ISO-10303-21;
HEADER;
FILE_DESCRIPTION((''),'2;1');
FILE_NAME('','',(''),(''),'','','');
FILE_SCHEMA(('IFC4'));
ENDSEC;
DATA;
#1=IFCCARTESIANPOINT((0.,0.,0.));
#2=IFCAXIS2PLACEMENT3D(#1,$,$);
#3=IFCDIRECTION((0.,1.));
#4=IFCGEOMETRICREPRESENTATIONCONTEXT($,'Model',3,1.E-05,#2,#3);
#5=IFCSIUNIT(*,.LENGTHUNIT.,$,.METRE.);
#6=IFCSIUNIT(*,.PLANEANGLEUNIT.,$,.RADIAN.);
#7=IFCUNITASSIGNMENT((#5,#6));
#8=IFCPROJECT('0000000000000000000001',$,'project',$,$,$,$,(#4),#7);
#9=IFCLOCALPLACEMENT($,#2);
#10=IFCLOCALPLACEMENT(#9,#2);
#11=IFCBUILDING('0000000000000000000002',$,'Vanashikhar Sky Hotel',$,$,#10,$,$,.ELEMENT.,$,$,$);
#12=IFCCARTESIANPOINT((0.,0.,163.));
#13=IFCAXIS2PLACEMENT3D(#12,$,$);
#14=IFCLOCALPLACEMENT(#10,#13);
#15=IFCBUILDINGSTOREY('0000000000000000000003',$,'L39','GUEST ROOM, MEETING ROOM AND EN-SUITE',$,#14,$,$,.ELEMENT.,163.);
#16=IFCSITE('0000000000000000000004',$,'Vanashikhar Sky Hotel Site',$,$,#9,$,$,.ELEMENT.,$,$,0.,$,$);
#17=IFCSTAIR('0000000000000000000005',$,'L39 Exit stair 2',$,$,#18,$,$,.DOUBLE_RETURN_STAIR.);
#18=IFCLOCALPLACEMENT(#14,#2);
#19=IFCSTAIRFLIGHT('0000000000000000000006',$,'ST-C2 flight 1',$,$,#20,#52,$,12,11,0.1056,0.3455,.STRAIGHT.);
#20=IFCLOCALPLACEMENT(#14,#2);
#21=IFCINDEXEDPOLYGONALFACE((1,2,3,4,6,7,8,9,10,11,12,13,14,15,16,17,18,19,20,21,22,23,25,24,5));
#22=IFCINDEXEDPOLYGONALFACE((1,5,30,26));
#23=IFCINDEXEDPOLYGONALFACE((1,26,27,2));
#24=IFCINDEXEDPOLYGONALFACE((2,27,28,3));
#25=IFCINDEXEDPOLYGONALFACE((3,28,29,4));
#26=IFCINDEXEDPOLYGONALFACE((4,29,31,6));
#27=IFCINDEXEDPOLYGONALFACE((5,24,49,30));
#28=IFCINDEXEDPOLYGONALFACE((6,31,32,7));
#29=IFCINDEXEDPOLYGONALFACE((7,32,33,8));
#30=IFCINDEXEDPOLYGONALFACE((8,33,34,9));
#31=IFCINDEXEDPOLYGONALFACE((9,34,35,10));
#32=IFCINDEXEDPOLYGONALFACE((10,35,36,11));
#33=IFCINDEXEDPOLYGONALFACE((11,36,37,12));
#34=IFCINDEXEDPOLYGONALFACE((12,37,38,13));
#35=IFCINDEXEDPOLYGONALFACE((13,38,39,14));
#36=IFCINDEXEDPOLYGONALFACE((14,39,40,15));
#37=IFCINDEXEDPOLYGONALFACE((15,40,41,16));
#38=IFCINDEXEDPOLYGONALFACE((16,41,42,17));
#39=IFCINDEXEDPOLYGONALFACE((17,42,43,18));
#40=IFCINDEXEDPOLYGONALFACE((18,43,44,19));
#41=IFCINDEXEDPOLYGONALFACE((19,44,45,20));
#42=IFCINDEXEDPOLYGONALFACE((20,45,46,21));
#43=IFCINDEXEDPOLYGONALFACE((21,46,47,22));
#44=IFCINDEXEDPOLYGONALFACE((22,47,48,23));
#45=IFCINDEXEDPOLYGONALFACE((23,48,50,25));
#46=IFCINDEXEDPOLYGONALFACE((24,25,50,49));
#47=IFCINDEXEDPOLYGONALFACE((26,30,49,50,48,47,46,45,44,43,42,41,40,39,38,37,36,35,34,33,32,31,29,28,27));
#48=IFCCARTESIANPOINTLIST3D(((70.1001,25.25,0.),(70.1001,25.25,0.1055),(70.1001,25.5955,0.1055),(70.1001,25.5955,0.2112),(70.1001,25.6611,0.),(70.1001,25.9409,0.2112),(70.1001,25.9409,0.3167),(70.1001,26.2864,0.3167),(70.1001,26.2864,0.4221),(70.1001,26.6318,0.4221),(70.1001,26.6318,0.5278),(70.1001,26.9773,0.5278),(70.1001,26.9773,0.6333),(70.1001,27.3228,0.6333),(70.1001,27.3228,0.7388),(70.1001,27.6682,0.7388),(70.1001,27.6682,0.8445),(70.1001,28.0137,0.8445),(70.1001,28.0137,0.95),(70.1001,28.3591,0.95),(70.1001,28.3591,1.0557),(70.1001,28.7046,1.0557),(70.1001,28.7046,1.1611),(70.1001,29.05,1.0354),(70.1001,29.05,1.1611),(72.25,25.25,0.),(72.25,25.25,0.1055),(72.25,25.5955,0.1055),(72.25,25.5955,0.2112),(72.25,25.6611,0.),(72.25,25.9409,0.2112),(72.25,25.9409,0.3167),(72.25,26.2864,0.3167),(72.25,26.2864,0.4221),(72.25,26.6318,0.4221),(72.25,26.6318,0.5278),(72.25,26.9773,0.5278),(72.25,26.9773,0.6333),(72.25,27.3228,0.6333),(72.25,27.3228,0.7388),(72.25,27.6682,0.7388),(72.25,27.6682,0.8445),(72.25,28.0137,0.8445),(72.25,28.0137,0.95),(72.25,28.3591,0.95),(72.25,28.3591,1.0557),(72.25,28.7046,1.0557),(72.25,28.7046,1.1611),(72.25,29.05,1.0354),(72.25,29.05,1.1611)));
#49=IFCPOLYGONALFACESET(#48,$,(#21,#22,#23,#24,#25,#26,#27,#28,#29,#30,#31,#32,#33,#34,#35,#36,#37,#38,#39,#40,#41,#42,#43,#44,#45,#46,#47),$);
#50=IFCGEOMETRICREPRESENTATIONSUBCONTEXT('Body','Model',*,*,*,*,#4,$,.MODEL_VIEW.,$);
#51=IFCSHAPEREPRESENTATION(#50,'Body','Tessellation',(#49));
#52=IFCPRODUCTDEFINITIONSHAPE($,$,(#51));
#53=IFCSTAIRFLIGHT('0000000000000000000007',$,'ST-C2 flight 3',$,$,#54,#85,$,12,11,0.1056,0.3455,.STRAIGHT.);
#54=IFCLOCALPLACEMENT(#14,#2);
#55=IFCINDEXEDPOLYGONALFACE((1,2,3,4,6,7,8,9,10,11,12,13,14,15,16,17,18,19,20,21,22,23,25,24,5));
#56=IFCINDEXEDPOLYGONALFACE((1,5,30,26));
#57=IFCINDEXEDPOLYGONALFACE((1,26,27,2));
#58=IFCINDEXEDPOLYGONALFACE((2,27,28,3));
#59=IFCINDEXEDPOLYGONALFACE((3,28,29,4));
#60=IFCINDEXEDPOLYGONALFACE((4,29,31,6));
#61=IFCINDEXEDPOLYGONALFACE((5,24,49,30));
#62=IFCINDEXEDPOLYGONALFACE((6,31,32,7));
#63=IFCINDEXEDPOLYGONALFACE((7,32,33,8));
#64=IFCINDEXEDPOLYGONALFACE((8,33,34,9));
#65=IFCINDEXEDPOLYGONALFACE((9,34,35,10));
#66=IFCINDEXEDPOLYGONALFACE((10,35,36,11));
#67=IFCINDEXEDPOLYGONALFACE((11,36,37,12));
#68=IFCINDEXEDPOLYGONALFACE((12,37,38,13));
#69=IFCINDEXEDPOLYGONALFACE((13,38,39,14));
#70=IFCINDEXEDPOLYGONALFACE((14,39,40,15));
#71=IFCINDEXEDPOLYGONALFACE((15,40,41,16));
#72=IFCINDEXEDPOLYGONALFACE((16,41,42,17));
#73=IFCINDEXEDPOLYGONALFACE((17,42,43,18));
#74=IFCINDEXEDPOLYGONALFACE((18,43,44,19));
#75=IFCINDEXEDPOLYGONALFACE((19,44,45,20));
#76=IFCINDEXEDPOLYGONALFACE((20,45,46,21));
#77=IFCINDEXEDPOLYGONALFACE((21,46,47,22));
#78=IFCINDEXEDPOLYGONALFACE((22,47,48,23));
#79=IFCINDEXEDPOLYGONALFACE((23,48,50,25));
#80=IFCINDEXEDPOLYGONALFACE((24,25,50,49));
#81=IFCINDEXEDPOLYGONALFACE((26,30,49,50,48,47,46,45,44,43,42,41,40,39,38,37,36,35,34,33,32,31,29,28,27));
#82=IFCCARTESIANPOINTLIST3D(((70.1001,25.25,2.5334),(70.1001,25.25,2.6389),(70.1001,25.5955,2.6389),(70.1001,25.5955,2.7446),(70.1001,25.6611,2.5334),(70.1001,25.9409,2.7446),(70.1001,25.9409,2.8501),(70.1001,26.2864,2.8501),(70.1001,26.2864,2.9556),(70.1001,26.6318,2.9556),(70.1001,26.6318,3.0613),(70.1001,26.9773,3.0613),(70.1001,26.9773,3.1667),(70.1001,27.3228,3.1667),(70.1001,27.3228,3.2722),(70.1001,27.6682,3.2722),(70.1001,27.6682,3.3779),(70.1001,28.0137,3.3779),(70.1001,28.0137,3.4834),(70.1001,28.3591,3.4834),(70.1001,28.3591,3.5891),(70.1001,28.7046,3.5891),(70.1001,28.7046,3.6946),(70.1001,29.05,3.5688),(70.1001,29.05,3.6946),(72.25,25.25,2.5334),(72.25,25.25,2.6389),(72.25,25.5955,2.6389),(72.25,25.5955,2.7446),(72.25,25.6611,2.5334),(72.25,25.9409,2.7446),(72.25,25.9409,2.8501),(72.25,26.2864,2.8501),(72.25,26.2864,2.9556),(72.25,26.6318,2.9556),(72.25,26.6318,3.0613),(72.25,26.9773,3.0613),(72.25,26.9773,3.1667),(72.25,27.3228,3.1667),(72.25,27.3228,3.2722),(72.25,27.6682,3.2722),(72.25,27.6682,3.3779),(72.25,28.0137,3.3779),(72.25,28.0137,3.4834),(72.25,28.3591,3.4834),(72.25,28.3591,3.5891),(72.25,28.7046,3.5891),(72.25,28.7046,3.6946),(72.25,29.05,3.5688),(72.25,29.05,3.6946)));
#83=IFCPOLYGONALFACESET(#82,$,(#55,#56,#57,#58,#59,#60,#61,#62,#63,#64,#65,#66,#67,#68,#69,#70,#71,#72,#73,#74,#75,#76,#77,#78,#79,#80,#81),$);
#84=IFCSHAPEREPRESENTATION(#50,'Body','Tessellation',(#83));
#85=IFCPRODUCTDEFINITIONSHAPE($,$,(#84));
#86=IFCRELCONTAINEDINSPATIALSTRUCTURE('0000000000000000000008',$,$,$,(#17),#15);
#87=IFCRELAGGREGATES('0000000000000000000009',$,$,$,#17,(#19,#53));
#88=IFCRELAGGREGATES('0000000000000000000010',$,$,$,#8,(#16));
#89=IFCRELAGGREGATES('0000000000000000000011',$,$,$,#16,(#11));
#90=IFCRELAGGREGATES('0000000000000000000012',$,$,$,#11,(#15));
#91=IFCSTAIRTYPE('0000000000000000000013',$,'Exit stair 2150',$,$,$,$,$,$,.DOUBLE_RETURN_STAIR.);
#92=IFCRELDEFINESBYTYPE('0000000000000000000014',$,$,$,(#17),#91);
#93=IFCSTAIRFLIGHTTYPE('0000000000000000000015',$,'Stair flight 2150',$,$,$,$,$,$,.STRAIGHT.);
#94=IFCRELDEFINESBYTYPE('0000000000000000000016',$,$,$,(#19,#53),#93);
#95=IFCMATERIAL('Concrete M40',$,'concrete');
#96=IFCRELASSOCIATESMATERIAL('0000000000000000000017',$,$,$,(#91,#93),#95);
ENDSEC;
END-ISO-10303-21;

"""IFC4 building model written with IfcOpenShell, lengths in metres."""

from ifc_helpers import new_model, si_unit, direction, frame, origin, place, context, subcontext, project, spatial, polyline, outline, extrude, source, transform, mapped, material, type_object, element, aggregate, save


model = new_model("IFC4")

# Units and contexts
model_context = context("Model", 3, precision=1e-05, world=origin(), true_north=direction((0.0, 1.0)))
body_context = subcontext(model_context, "Body", "Model", "MODEL_VIEW")
ifc_project = project(units=[si_unit("LENGTHUNIT", "METRE"), si_unit("PLANEANGLEUNIT", "RADIAN")], contexts=[model_context])

# Site, building, storey
site_placement = place(None, origin())
site = spatial("IfcSite", under=ifc_project, at=site_placement, Name="Vanashikhar Sky Hotel Site", CompositionType="ELEMENT", RefElevation=0.0)
building_placement = place(site_placement, origin())
building = spatial("IfcBuilding", under=site, at=building_placement, Name="Vanashikhar Sky Hotel", CompositionType="ELEMENT")
storey_placement = place(building_placement, frame((0.0, 0.0, 163.0)))
storey = spatial("IfcBuildingStorey", under=building, at=storey_placement, Name="L39", Description="GUEST ROOM, MEETING ROOM AND EN-SUITE", CompositionType="ELEMENT", Elevation=163.0)

# Shared definitions
ifc_material_1 = material(Name="Concrete M40", Category="concrete")

# Stair, stair flights
stair_type = type_object("IfcStairType", Name="Exit stair 2150", PredefinedType="DOUBLE_RETURN_STAIR", material=ifc_material_1)
stair_placement = place(storey_placement, origin())
stair = element("IfcStair", 1, at=stair_placement, inside=storey, type_object=stair_type, Name="L39 Exit stair 2", PredefinedType="DOUBLE_RETURN_STAIR")
stair_flight_type = type_object("IfcStairFlightType", Name="Stair flight 2150", PredefinedType="STRAIGHT", material=ifc_material_1)
shared_shape_1 = source(origin(), body_context, "Body", "SweptSolid", [
    extrude(outline(polyline([(0.0, 0.0), (0.0, 0.1055), (0.3455, 0.1055), (0.3455, 0.2112), (0.6909, 0.2112), (0.6909, 0.3167), (1.0364, 0.3167), (1.0364, 0.4221), (1.3818, 0.4221), (1.3818, 0.5278), (1.7273, 0.5278), (1.7273, 0.6333), (2.0728, 0.6333), (2.0728, 0.7388), (2.4182, 0.7388), (2.4182, 0.8445), (2.7637, 0.8445), (2.7637, 0.95), (3.1091, 0.95), (3.1091, 1.0557), (3.4546, 1.0557), (3.4546, 1.1611), (3.8, 1.1611), (3.8, 1.2666), (3.8, 1.0354), (0.4111, 0.0), (0.0, 0.0)])), frame((0.0, 1.075, 0.0), z_axis=(0.0, -1.0, 0.0), x_axis=(1.0, 0.0, 0.0)), (0.0, 0.0, 1.0), 2.1499),
])
stair_flight_1_placement = place(storey_placement, frame((71.175, 25.25, 0.0), z_axis=(0.0, 0.0, 1.0), x_axis=(0.0, 1.0, 0.0)))
stair_flight_1 = element("IfcStairFlight", 2, at=stair_flight_1_placement, type_object=stair_flight_type, Name="ST-C2 flight 1", NumberOfRisers=12, NumberOfTreads=11, PredefinedType="STRAIGHT", RiserHeight=0.1056, TreadLength=0.3455, context=body_context, shape_type="MappedRepresentation", body=[
    mapped(shared_shape_1, transform((0.0, 0.0, 0.0), scale=1.0)),
])
stair_flight_2_placement = place(storey_placement, frame((71.175, 25.25, 2.5334), z_axis=(0.0, 0.0, 1.0), x_axis=(0.0, 1.0, 0.0)))
stair_flight_2 = element("IfcStairFlight", 3, at=stair_flight_2_placement, type_object=stair_flight_type, Name="ST-C2 flight 3", NumberOfRisers=12, NumberOfTreads=11, PredefinedType="STRAIGHT", RiserHeight=0.1056, TreadLength=0.3455, context=body_context, shape_type="MappedRepresentation", body=[
    mapped(shared_shape_1, transform((0.0, 0.0, 0.0), scale=1.0)),
])
aggregate(stair, [stair_flight_1, stair_flight_2])

save(model, "model.ifc")
